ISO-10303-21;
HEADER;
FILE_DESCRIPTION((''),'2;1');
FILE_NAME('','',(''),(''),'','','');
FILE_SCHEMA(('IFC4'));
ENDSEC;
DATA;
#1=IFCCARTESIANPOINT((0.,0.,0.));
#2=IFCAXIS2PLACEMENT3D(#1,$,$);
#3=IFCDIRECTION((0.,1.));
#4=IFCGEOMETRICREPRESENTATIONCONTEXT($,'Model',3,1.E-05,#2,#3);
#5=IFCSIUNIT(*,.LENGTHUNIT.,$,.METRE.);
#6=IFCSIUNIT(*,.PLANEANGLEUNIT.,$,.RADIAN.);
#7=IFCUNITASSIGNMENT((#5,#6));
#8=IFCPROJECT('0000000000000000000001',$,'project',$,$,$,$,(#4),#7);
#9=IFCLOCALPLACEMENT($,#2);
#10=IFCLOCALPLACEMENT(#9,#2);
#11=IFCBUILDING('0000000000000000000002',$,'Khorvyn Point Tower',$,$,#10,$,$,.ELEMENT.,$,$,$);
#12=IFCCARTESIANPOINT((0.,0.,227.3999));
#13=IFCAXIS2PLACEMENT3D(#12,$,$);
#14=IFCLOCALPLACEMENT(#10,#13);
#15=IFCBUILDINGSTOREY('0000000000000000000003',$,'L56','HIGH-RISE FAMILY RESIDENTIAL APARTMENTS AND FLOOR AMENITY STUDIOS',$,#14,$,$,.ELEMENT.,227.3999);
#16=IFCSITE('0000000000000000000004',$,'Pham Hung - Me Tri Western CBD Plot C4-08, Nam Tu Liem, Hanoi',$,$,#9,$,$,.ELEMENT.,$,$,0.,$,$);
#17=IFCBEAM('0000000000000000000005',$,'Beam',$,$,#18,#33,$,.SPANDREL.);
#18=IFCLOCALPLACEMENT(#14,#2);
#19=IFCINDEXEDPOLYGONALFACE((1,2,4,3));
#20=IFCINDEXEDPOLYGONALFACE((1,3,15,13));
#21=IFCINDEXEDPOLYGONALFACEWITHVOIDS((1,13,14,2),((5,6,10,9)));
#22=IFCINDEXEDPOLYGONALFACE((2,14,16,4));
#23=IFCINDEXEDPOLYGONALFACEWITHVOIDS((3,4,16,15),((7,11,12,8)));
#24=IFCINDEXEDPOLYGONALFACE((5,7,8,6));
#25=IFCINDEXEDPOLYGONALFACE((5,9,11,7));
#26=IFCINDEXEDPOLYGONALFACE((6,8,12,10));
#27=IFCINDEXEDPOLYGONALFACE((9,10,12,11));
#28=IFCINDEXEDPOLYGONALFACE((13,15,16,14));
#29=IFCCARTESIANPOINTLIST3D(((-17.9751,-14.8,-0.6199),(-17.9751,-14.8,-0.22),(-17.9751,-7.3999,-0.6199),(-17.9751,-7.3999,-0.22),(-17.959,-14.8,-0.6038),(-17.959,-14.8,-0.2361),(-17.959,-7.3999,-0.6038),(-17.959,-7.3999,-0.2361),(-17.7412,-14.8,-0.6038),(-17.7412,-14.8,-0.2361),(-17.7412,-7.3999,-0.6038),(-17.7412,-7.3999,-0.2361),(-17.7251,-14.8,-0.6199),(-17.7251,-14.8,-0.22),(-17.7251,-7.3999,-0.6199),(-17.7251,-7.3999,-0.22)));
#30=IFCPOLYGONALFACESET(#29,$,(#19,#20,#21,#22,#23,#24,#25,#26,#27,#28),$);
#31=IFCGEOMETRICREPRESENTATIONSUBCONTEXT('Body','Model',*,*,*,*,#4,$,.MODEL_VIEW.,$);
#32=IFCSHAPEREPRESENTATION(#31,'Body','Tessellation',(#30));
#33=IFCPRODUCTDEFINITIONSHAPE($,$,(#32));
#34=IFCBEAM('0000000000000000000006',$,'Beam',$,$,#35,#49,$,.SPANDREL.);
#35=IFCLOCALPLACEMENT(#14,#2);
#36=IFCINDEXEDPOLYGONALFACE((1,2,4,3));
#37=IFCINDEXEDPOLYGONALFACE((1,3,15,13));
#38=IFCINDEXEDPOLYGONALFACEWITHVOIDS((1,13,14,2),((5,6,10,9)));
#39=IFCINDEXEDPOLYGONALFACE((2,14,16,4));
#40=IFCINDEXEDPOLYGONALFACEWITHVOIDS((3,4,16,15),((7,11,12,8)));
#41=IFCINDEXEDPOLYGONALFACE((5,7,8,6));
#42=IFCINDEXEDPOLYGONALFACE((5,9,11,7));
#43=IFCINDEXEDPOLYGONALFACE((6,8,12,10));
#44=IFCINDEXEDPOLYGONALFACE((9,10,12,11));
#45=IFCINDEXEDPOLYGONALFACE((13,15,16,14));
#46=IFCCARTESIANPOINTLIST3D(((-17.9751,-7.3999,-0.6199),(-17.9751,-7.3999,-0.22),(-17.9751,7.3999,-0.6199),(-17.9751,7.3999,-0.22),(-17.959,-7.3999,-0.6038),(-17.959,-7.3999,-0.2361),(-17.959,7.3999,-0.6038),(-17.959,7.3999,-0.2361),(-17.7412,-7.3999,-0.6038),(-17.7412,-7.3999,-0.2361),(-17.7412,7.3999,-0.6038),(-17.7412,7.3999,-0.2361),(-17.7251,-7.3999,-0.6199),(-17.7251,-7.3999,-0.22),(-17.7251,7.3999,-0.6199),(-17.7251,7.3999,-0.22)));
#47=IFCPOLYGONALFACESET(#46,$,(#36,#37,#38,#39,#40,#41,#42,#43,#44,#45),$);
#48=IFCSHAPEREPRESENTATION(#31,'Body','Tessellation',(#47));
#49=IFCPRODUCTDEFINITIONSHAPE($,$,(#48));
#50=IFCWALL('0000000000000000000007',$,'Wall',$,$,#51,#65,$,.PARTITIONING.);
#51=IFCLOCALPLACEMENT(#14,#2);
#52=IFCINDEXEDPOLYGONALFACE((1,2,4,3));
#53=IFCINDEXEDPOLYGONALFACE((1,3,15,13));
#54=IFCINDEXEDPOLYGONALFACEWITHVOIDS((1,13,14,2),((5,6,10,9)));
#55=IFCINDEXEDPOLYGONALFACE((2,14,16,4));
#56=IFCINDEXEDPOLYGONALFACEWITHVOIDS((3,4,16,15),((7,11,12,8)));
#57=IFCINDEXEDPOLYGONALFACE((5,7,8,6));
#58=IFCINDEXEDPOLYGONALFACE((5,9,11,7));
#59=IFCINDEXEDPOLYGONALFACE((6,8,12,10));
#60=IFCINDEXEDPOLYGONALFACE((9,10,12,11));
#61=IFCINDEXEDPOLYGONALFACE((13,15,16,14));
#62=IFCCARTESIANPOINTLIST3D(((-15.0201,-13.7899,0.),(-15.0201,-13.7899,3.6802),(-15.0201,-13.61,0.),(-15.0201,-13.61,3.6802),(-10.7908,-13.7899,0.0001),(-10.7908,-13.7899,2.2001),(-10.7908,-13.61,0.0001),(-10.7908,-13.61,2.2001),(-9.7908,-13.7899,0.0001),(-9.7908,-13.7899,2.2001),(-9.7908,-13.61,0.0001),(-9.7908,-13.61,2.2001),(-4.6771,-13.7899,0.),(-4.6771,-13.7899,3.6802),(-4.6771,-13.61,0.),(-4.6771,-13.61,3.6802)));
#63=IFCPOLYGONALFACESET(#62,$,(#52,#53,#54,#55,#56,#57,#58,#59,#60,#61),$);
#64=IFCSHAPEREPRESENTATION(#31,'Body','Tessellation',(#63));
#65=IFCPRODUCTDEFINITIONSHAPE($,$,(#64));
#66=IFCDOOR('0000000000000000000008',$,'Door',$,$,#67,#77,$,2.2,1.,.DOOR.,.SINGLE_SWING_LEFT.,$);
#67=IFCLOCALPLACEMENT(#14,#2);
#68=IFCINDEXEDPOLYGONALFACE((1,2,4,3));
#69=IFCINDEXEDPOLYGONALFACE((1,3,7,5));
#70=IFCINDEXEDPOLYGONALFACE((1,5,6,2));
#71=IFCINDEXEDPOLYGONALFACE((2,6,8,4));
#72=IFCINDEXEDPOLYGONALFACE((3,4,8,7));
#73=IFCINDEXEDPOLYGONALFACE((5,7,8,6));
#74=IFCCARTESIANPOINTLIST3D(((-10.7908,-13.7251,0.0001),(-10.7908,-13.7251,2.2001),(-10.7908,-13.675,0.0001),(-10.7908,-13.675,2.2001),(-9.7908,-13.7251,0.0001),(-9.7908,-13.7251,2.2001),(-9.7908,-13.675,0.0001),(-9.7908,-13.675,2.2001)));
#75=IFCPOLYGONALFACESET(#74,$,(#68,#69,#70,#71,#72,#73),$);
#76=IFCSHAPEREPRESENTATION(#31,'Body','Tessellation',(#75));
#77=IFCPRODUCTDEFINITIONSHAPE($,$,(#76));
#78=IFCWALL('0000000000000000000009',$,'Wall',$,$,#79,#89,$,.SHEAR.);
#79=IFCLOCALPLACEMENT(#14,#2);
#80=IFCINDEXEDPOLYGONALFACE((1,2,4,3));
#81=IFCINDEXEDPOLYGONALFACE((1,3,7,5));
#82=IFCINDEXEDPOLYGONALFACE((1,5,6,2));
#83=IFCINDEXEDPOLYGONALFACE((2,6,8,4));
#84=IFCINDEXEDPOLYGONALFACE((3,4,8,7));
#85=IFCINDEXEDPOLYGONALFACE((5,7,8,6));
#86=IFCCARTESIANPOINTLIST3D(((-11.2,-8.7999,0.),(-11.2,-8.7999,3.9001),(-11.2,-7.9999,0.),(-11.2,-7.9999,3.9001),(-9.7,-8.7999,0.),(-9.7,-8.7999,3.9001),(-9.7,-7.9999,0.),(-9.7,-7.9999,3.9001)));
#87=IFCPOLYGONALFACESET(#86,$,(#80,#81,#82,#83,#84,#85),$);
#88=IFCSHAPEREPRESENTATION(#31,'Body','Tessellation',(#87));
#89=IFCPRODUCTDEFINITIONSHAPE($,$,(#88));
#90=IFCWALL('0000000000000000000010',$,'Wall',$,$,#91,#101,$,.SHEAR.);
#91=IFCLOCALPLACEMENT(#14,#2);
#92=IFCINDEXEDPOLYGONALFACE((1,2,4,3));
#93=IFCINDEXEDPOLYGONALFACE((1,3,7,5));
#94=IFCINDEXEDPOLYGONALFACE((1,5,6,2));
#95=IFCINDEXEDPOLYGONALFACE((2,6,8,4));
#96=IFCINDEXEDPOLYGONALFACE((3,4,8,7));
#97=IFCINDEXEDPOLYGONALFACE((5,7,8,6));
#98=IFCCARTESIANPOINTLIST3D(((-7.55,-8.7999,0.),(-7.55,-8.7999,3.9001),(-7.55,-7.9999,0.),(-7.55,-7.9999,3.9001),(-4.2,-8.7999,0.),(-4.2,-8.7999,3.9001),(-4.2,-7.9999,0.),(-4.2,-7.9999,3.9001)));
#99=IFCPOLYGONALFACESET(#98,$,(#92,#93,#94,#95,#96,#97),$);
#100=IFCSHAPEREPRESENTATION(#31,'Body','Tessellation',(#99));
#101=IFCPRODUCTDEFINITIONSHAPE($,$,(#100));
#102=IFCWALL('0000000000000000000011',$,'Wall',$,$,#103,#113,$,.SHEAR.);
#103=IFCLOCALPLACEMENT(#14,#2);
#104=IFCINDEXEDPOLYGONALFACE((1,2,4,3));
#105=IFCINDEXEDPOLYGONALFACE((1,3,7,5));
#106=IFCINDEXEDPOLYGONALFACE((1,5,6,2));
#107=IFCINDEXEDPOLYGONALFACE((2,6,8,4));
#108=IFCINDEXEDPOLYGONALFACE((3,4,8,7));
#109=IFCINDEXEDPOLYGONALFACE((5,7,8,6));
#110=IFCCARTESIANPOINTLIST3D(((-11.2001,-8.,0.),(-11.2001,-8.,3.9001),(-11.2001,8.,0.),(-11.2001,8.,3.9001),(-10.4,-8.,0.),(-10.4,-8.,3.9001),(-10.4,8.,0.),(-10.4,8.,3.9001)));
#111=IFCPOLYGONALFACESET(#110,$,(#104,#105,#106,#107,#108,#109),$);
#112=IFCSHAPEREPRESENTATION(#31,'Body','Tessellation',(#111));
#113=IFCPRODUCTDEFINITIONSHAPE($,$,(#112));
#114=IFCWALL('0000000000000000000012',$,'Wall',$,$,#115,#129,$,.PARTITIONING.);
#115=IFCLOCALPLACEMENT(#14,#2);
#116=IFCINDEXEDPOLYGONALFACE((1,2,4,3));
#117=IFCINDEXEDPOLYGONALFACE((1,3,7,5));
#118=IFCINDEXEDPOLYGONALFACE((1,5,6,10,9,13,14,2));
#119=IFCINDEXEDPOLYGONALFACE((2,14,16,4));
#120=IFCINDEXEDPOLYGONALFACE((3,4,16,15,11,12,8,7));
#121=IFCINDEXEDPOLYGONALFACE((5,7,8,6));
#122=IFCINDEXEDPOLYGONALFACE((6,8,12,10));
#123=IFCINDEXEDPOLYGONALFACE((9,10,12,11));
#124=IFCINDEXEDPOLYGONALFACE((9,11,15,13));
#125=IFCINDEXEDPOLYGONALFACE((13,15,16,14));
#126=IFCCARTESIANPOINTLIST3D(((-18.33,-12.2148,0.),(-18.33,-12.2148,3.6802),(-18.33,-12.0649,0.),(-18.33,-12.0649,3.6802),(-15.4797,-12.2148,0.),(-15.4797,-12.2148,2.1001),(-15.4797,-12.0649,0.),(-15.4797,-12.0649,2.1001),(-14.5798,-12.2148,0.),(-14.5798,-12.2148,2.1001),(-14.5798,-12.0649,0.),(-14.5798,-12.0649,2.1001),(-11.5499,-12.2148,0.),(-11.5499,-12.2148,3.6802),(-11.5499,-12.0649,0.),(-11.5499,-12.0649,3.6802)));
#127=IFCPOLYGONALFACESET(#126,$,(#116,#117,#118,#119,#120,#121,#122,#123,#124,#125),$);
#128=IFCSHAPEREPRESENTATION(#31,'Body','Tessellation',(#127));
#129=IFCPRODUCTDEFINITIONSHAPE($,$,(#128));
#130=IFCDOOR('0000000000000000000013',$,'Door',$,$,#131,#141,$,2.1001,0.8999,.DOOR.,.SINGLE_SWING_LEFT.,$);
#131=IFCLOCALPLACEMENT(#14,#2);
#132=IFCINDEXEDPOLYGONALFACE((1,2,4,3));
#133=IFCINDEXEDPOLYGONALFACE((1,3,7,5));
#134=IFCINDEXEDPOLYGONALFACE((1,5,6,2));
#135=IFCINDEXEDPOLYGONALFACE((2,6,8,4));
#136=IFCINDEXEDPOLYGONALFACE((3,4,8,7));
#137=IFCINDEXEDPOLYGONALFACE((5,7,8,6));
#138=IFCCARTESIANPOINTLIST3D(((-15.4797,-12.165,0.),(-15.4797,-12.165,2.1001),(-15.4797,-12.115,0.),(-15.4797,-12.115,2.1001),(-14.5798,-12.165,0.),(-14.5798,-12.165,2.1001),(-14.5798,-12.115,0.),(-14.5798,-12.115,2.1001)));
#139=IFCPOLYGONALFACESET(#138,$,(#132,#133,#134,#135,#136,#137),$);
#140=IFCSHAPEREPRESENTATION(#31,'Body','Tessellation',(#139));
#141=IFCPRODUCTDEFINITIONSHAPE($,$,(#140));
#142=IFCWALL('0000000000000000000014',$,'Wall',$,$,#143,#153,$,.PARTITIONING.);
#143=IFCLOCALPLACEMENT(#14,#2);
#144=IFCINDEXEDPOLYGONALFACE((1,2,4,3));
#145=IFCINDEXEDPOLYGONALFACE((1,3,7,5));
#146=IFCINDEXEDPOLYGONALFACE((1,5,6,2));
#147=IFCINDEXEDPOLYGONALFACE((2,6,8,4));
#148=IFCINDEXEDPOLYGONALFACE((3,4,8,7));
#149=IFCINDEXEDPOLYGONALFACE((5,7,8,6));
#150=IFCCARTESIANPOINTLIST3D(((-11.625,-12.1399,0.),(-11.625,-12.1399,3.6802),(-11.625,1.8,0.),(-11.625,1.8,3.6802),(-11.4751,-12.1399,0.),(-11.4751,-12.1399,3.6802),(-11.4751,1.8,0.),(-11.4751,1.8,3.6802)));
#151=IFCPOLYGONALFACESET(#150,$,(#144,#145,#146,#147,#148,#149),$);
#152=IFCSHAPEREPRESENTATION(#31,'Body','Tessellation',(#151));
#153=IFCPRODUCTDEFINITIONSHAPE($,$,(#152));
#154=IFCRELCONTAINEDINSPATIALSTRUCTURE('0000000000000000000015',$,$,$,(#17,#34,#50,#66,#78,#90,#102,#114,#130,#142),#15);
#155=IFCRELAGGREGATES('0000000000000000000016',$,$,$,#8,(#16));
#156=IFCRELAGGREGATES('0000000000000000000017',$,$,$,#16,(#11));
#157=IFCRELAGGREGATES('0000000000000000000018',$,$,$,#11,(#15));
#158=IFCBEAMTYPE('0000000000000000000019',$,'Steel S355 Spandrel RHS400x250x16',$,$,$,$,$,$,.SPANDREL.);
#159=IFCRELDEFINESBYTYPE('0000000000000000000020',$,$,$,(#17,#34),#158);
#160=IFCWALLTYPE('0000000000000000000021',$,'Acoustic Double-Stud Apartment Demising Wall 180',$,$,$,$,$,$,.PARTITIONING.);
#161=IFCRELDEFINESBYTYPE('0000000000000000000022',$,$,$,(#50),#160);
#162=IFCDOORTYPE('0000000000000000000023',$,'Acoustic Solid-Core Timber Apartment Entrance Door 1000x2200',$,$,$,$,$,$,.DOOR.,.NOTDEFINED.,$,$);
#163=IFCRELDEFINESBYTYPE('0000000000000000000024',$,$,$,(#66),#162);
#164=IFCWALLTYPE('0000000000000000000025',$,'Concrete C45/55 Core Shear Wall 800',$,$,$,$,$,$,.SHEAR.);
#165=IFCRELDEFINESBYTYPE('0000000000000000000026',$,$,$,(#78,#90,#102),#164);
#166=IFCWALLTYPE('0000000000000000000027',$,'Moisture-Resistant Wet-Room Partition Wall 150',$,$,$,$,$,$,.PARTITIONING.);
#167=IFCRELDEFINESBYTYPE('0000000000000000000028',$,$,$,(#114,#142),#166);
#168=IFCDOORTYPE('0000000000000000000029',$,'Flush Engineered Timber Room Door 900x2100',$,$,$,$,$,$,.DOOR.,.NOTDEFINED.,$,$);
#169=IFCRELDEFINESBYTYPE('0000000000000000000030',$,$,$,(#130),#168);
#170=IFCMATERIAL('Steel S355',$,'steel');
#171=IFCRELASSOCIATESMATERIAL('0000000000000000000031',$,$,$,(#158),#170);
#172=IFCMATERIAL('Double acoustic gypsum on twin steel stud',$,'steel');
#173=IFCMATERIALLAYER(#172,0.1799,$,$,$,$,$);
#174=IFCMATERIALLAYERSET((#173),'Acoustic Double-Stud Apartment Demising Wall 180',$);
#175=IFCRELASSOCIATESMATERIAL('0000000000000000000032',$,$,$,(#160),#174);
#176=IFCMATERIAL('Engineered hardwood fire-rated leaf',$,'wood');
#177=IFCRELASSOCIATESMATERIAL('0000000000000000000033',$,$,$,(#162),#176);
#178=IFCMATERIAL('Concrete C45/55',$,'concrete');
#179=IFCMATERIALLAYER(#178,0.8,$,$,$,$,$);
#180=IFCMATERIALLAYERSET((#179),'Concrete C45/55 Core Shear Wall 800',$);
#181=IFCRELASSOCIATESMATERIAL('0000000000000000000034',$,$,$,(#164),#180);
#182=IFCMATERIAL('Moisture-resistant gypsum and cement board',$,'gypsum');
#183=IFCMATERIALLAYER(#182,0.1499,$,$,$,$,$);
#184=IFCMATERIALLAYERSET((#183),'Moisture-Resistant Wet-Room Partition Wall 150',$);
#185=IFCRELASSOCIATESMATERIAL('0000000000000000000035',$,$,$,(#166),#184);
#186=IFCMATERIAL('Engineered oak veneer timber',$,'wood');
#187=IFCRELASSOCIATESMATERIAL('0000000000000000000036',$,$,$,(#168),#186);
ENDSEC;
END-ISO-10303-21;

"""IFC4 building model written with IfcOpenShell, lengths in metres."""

from ifc_helpers import new_model, si_unit, direction, frame, frame_2d, origin, origin_2d, place, context, subcontext, project, spatial, rectangle, hollow_rectangle, extrude, material, layer, layer_set, material_profile, profile_set, type_object, element, fill, save


model = new_model("IFC4")

# Units and contexts
model_context = context("Model", 3, precision=1e-05, world=origin(), true_north=direction((0.0, 1.0)))
body_context = subcontext(model_context, "Body", "Model", "MODEL_VIEW")
ifc_project = project(units=[si_unit("LENGTHUNIT", "METRE"), si_unit("PLANEANGLEUNIT", "RADIAN")], contexts=[model_context])

# Site, building, storey
site_placement = place(None, origin())
site = spatial("IfcSite", under=ifc_project, at=site_placement, Name="Pham Hung - Me Tri Western CBD Plot C4-08, Nam Tu Liem, Hanoi", CompositionType="ELEMENT", RefElevation=0.0)
building_placement = place(site_placement, origin())
building = spatial("IfcBuilding", under=site, at=building_placement, Name="Khorvyn Point Tower", CompositionType="ELEMENT")
storey_placement = place(building_placement, frame((0.0, 0.0, 227.3999)))
storey = spatial("IfcBuildingStorey", under=building, at=storey_placement, Name="L56", Description="HIGH-RISE FAMILY RESIDENTIAL APARTMENTS AND FLOOR AMENITY STUDIOS", CompositionType="ELEMENT", Elevation=227.3999)

# Shared definitions
ifc_material_1 = material(Name="Concrete C45/55", Category="concrete")

# Beams
ifc_material_2 = material(Name="Steel S355", Category="steel")
ifc_material_profile_1 = material_profile(ifc_material_2, hollow_rectangle(XDim=0.25, YDim=0.3999, WallThickness=0.0161, at=origin_2d()))
ifc_profile_set_1 = profile_set([ifc_material_profile_1], Name="Steel S355 RHS400x250x16")
beam_type_1 = type_object("IfcBeamType", Name="Steel S355 Spandrel RHS400x250x16", PredefinedType="SPANDREL", material=ifc_profile_set_1)
beam_1_placement = place(storey_placement, frame((-17.8501, -14.8, -0.4199), z_axis=(0.0, 1.0, 0.0), x_axis=(-1.0, 0.0, 0.0)))
element("IfcBeam", 1, at=beam_1_placement, inside=storey, type_object=beam_type_1, Name="Beam", PredefinedType="SPANDREL", context=body_context, shape_type="SweptSolid", body=[
    extrude(hollow_rectangle(XDim=0.25, YDim=0.3999, WallThickness=0.0161, at=origin_2d()), origin(), (0.0, 0.0, 1.0), 7.4001),
])
beam_2_placement = place(storey_placement, frame((-17.8501, -7.3999, -0.4199), z_axis=(0.0, 1.0, 0.0), x_axis=(-1.0, 0.0, 0.0)))
element("IfcBeam", 2, at=beam_2_placement, inside=storey, type_object=beam_type_1, Name="Beam", PredefinedType="SPANDREL", context=body_context, shape_type="SweptSolid", body=[
    extrude(hollow_rectangle(XDim=0.25, YDim=0.3999, WallThickness=0.0161, at=origin_2d()), origin(), (0.0, 0.0, 1.0), 14.7998),
])

# Wall, opening, door
ifc_material_3 = material(Name="Double acoustic gypsum on twin steel stud", Category="steel")
ifc_layer_1 = layer(ifc_material_3, 0.1799)
ifc_layer_set_1 = layer_set([ifc_layer_1], Name="Acoustic Double-Stud Apartment Demising Wall 180")
wall_type_1 = type_object("IfcWallType", Name="Acoustic Double-Stud Apartment Demising Wall 180", PredefinedType="PARTITIONING", material=ifc_layer_set_1)
wall_1_placement = place(storey_placement, frame((-15.02, -13.7, 0.0), z_axis=(0.0, 0.0, 1.0), x_axis=(1.0, 0.0, 0.0)))
wall_1 = element("IfcWall", 3, at=wall_1_placement, inside=storey, type_object=wall_type_1, Name="Wall", PredefinedType="PARTITIONING", context=body_context, shape_type="SweptSolid", body=[
    extrude(rectangle(XDim=10.343, YDim=0.1799, at=frame_2d((5.1714, 0.0))), origin(), (0.0, 0.0, 1.0), 3.6802),
])
opening_1_placement = place(wall_1_placement, frame((4.2292, 0.0, 0.0)))
opening_1 = element("IfcOpeningElement", 4, at=opening_1_placement, cuts=wall_1, PredefinedType="OPENING", context=body_context, shape_type="SweptSolid", body=[
    extrude(rectangle(XDim=1.0, YDim=2.2, at=frame_2d((0.5, 1.1001))), frame((0.0, 0.0999, 0.0), z_axis=(0.0, -1.0, 0.0), x_axis=(1.0, 0.0, 0.0)), (0.0, 0.0, 1.0), 0.2),
])
ifc_material_4 = material(Name="Engineered hardwood fire-rated leaf", Category="wood")
door_type_1 = type_object("IfcDoorType", Name="Acoustic Solid-Core Timber Apartment Entrance Door 1000x2200", OperationType="NOTDEFINED", PredefinedType="DOOR", material=ifc_material_4)
door_1_placement = place(opening_1_placement, origin())
door_1 = element("IfcDoor", 5, at=door_1_placement, inside=storey, type_object=door_type_1, Name="Door", OperationType="SINGLE_SWING_LEFT", OverallHeight=2.2, OverallWidth=1.0, PredefinedType="DOOR", context=body_context, shape_type="SweptSolid", body=[
    extrude(rectangle(XDim=1.0, YDim=2.2, at=frame_2d((0.5, 1.1001))), frame((0.0, 0.0249, 0.0), z_axis=(0.0, -1.0, 0.0), x_axis=(1.0, 0.0, 0.0)), (0.0, 0.0, 1.0), 0.05),
])
fill(opening_1, door_1)

# Walls
ifc_layer_2 = layer(ifc_material_1, 0.8)
ifc_layer_set_2 = layer_set([ifc_layer_2], Name="Concrete C45/55 Core Shear Wall 800")
wall_type_2 = type_object("IfcWallType", Name="Concrete C45/55 Core Shear Wall 800", PredefinedType="SHEAR", material=ifc_layer_set_2)
wall_2_placement = place(storey_placement, frame((-11.2, -8.3999, 0.0), z_axis=(0.0, 0.0, 1.0), x_axis=(1.0, 0.0, 0.0)))
element("IfcWall", 6, at=wall_2_placement, inside=storey, type_object=wall_type_2, Name="Wall", PredefinedType="SHEAR", context=body_context, shape_type="SweptSolid", body=[
    extrude(rectangle(XDim=1.5, YDim=0.8, at=frame_2d((0.75, 0.0))), origin(), (0.0, 0.0, 1.0), 3.9001),
])
wall_3_placement = place(storey_placement, frame((-7.55, -8.3999, 0.0), z_axis=(0.0, 0.0, 1.0), x_axis=(1.0, 0.0, 0.0)))
element("IfcWall", 7, at=wall_3_placement, inside=storey, type_object=wall_type_2, Name="Wall", PredefinedType="SHEAR", context=body_context, shape_type="SweptSolid", body=[
    extrude(rectangle(XDim=3.3501, YDim=0.8, at=frame_2d((1.675, 0.0))), origin(), (0.0, 0.0, 1.0), 3.9001),
])
wall_4_placement = place(storey_placement, frame((-10.8, -8.0, 0.0), z_axis=(0.0, 0.0, 1.0), x_axis=(0.0, 1.0, 0.0)))
element("IfcWall", 8, at=wall_4_placement, inside=storey, type_object=wall_type_2, Name="Wall", PredefinedType="SHEAR", context=body_context, shape_type="SweptSolid", body=[
    extrude(rectangle(XDim=16.0, YDim=0.8, at=frame_2d((8.0, 0.0))), origin(), (0.0, 0.0, 1.0), 3.9001),
])

# Wall, opening, door
ifc_material_5 = material(Name="Moisture-resistant gypsum and cement board", Category="gypsum")
ifc_layer_3 = layer(ifc_material_5, 0.1499)
ifc_layer_set_3 = layer_set([ifc_layer_3], Name="Moisture-Resistant Wet-Room Partition Wall 150")
wall_type_3 = type_object("IfcWallType", Name="Moisture-Resistant Wet-Room Partition Wall 150", PredefinedType="PARTITIONING", material=ifc_layer_set_3)
wall_5_placement = place(storey_placement, frame((-18.3301, -12.1399, 0.0), z_axis=(0.0, 0.0, 1.0), x_axis=(1.0, 0.0, 0.0)))
wall_5 = element("IfcWall", 9, at=wall_5_placement, inside=storey, type_object=wall_type_3, Name="Wall", PredefinedType="PARTITIONING", context=body_context, shape_type="SweptSolid", body=[
    extrude(rectangle(XDim=6.78, YDim=0.1499, at=frame_2d((3.3901, 0.0))), origin(), (0.0, 0.0, 1.0), 3.6802),
])
opening_2_placement = place(wall_5_placement, frame((2.8503, 0.0, 0.0)))
opening_2 = element("IfcOpeningElement", 10, at=opening_2_placement, cuts=wall_5, PredefinedType="OPENING", context=body_context, shape_type="SweptSolid", body=[
    extrude(rectangle(XDim=0.8999, YDim=2.1001, at=frame_2d((0.45, 1.05))), frame((0.0, 0.085, 0.0), z_axis=(0.0, -1.0, 0.0), x_axis=(1.0, 0.0, 0.0)), (0.0, 0.0, 1.0), 0.1699),
])
ifc_material_6 = material(Name="Engineered oak veneer timber", Category="wood")
door_type_2 = type_object("IfcDoorType", Name="Flush Engineered Timber Room Door 900x2100", OperationType="NOTDEFINED", PredefinedType="DOOR", material=ifc_material_6)
door_2_placement = place(opening_2_placement, origin())
door_2 = element("IfcDoor", 11, at=door_2_placement, inside=storey, type_object=door_type_2, Name="Door", OperationType="SINGLE_SWING_LEFT", OverallHeight=2.1001, OverallWidth=0.8999, PredefinedType="DOOR", context=body_context, shape_type="SweptSolid", body=[
    extrude(rectangle(XDim=0.8999, YDim=2.1001, at=frame_2d((0.45, 1.05))), frame((0.0, 0.0249, 0.0), z_axis=(0.0, -1.0, 0.0), x_axis=(1.0, 0.0, 0.0)), (0.0, 0.0, 1.0), 0.05),
])
fill(opening_2, door_2)

# Wall
wall_6_placement = place(storey_placement, frame((-11.55, -12.1399, 0.0), z_axis=(0.0, 0.0, 1.0), x_axis=(0.0, 1.0, 0.0)))
element("IfcWall", 12, at=wall_6_placement, inside=storey, type_object=wall_type_3, Name="Wall", PredefinedType="PARTITIONING", context=body_context, shape_type="SweptSolid", body=[
    extrude(rectangle(XDim=13.9399, YDim=0.1499, at=frame_2d((6.97, 0.0))), origin(), (0.0, 0.0, 1.0), 3.6802),
])

save(model, "model.ifc")
